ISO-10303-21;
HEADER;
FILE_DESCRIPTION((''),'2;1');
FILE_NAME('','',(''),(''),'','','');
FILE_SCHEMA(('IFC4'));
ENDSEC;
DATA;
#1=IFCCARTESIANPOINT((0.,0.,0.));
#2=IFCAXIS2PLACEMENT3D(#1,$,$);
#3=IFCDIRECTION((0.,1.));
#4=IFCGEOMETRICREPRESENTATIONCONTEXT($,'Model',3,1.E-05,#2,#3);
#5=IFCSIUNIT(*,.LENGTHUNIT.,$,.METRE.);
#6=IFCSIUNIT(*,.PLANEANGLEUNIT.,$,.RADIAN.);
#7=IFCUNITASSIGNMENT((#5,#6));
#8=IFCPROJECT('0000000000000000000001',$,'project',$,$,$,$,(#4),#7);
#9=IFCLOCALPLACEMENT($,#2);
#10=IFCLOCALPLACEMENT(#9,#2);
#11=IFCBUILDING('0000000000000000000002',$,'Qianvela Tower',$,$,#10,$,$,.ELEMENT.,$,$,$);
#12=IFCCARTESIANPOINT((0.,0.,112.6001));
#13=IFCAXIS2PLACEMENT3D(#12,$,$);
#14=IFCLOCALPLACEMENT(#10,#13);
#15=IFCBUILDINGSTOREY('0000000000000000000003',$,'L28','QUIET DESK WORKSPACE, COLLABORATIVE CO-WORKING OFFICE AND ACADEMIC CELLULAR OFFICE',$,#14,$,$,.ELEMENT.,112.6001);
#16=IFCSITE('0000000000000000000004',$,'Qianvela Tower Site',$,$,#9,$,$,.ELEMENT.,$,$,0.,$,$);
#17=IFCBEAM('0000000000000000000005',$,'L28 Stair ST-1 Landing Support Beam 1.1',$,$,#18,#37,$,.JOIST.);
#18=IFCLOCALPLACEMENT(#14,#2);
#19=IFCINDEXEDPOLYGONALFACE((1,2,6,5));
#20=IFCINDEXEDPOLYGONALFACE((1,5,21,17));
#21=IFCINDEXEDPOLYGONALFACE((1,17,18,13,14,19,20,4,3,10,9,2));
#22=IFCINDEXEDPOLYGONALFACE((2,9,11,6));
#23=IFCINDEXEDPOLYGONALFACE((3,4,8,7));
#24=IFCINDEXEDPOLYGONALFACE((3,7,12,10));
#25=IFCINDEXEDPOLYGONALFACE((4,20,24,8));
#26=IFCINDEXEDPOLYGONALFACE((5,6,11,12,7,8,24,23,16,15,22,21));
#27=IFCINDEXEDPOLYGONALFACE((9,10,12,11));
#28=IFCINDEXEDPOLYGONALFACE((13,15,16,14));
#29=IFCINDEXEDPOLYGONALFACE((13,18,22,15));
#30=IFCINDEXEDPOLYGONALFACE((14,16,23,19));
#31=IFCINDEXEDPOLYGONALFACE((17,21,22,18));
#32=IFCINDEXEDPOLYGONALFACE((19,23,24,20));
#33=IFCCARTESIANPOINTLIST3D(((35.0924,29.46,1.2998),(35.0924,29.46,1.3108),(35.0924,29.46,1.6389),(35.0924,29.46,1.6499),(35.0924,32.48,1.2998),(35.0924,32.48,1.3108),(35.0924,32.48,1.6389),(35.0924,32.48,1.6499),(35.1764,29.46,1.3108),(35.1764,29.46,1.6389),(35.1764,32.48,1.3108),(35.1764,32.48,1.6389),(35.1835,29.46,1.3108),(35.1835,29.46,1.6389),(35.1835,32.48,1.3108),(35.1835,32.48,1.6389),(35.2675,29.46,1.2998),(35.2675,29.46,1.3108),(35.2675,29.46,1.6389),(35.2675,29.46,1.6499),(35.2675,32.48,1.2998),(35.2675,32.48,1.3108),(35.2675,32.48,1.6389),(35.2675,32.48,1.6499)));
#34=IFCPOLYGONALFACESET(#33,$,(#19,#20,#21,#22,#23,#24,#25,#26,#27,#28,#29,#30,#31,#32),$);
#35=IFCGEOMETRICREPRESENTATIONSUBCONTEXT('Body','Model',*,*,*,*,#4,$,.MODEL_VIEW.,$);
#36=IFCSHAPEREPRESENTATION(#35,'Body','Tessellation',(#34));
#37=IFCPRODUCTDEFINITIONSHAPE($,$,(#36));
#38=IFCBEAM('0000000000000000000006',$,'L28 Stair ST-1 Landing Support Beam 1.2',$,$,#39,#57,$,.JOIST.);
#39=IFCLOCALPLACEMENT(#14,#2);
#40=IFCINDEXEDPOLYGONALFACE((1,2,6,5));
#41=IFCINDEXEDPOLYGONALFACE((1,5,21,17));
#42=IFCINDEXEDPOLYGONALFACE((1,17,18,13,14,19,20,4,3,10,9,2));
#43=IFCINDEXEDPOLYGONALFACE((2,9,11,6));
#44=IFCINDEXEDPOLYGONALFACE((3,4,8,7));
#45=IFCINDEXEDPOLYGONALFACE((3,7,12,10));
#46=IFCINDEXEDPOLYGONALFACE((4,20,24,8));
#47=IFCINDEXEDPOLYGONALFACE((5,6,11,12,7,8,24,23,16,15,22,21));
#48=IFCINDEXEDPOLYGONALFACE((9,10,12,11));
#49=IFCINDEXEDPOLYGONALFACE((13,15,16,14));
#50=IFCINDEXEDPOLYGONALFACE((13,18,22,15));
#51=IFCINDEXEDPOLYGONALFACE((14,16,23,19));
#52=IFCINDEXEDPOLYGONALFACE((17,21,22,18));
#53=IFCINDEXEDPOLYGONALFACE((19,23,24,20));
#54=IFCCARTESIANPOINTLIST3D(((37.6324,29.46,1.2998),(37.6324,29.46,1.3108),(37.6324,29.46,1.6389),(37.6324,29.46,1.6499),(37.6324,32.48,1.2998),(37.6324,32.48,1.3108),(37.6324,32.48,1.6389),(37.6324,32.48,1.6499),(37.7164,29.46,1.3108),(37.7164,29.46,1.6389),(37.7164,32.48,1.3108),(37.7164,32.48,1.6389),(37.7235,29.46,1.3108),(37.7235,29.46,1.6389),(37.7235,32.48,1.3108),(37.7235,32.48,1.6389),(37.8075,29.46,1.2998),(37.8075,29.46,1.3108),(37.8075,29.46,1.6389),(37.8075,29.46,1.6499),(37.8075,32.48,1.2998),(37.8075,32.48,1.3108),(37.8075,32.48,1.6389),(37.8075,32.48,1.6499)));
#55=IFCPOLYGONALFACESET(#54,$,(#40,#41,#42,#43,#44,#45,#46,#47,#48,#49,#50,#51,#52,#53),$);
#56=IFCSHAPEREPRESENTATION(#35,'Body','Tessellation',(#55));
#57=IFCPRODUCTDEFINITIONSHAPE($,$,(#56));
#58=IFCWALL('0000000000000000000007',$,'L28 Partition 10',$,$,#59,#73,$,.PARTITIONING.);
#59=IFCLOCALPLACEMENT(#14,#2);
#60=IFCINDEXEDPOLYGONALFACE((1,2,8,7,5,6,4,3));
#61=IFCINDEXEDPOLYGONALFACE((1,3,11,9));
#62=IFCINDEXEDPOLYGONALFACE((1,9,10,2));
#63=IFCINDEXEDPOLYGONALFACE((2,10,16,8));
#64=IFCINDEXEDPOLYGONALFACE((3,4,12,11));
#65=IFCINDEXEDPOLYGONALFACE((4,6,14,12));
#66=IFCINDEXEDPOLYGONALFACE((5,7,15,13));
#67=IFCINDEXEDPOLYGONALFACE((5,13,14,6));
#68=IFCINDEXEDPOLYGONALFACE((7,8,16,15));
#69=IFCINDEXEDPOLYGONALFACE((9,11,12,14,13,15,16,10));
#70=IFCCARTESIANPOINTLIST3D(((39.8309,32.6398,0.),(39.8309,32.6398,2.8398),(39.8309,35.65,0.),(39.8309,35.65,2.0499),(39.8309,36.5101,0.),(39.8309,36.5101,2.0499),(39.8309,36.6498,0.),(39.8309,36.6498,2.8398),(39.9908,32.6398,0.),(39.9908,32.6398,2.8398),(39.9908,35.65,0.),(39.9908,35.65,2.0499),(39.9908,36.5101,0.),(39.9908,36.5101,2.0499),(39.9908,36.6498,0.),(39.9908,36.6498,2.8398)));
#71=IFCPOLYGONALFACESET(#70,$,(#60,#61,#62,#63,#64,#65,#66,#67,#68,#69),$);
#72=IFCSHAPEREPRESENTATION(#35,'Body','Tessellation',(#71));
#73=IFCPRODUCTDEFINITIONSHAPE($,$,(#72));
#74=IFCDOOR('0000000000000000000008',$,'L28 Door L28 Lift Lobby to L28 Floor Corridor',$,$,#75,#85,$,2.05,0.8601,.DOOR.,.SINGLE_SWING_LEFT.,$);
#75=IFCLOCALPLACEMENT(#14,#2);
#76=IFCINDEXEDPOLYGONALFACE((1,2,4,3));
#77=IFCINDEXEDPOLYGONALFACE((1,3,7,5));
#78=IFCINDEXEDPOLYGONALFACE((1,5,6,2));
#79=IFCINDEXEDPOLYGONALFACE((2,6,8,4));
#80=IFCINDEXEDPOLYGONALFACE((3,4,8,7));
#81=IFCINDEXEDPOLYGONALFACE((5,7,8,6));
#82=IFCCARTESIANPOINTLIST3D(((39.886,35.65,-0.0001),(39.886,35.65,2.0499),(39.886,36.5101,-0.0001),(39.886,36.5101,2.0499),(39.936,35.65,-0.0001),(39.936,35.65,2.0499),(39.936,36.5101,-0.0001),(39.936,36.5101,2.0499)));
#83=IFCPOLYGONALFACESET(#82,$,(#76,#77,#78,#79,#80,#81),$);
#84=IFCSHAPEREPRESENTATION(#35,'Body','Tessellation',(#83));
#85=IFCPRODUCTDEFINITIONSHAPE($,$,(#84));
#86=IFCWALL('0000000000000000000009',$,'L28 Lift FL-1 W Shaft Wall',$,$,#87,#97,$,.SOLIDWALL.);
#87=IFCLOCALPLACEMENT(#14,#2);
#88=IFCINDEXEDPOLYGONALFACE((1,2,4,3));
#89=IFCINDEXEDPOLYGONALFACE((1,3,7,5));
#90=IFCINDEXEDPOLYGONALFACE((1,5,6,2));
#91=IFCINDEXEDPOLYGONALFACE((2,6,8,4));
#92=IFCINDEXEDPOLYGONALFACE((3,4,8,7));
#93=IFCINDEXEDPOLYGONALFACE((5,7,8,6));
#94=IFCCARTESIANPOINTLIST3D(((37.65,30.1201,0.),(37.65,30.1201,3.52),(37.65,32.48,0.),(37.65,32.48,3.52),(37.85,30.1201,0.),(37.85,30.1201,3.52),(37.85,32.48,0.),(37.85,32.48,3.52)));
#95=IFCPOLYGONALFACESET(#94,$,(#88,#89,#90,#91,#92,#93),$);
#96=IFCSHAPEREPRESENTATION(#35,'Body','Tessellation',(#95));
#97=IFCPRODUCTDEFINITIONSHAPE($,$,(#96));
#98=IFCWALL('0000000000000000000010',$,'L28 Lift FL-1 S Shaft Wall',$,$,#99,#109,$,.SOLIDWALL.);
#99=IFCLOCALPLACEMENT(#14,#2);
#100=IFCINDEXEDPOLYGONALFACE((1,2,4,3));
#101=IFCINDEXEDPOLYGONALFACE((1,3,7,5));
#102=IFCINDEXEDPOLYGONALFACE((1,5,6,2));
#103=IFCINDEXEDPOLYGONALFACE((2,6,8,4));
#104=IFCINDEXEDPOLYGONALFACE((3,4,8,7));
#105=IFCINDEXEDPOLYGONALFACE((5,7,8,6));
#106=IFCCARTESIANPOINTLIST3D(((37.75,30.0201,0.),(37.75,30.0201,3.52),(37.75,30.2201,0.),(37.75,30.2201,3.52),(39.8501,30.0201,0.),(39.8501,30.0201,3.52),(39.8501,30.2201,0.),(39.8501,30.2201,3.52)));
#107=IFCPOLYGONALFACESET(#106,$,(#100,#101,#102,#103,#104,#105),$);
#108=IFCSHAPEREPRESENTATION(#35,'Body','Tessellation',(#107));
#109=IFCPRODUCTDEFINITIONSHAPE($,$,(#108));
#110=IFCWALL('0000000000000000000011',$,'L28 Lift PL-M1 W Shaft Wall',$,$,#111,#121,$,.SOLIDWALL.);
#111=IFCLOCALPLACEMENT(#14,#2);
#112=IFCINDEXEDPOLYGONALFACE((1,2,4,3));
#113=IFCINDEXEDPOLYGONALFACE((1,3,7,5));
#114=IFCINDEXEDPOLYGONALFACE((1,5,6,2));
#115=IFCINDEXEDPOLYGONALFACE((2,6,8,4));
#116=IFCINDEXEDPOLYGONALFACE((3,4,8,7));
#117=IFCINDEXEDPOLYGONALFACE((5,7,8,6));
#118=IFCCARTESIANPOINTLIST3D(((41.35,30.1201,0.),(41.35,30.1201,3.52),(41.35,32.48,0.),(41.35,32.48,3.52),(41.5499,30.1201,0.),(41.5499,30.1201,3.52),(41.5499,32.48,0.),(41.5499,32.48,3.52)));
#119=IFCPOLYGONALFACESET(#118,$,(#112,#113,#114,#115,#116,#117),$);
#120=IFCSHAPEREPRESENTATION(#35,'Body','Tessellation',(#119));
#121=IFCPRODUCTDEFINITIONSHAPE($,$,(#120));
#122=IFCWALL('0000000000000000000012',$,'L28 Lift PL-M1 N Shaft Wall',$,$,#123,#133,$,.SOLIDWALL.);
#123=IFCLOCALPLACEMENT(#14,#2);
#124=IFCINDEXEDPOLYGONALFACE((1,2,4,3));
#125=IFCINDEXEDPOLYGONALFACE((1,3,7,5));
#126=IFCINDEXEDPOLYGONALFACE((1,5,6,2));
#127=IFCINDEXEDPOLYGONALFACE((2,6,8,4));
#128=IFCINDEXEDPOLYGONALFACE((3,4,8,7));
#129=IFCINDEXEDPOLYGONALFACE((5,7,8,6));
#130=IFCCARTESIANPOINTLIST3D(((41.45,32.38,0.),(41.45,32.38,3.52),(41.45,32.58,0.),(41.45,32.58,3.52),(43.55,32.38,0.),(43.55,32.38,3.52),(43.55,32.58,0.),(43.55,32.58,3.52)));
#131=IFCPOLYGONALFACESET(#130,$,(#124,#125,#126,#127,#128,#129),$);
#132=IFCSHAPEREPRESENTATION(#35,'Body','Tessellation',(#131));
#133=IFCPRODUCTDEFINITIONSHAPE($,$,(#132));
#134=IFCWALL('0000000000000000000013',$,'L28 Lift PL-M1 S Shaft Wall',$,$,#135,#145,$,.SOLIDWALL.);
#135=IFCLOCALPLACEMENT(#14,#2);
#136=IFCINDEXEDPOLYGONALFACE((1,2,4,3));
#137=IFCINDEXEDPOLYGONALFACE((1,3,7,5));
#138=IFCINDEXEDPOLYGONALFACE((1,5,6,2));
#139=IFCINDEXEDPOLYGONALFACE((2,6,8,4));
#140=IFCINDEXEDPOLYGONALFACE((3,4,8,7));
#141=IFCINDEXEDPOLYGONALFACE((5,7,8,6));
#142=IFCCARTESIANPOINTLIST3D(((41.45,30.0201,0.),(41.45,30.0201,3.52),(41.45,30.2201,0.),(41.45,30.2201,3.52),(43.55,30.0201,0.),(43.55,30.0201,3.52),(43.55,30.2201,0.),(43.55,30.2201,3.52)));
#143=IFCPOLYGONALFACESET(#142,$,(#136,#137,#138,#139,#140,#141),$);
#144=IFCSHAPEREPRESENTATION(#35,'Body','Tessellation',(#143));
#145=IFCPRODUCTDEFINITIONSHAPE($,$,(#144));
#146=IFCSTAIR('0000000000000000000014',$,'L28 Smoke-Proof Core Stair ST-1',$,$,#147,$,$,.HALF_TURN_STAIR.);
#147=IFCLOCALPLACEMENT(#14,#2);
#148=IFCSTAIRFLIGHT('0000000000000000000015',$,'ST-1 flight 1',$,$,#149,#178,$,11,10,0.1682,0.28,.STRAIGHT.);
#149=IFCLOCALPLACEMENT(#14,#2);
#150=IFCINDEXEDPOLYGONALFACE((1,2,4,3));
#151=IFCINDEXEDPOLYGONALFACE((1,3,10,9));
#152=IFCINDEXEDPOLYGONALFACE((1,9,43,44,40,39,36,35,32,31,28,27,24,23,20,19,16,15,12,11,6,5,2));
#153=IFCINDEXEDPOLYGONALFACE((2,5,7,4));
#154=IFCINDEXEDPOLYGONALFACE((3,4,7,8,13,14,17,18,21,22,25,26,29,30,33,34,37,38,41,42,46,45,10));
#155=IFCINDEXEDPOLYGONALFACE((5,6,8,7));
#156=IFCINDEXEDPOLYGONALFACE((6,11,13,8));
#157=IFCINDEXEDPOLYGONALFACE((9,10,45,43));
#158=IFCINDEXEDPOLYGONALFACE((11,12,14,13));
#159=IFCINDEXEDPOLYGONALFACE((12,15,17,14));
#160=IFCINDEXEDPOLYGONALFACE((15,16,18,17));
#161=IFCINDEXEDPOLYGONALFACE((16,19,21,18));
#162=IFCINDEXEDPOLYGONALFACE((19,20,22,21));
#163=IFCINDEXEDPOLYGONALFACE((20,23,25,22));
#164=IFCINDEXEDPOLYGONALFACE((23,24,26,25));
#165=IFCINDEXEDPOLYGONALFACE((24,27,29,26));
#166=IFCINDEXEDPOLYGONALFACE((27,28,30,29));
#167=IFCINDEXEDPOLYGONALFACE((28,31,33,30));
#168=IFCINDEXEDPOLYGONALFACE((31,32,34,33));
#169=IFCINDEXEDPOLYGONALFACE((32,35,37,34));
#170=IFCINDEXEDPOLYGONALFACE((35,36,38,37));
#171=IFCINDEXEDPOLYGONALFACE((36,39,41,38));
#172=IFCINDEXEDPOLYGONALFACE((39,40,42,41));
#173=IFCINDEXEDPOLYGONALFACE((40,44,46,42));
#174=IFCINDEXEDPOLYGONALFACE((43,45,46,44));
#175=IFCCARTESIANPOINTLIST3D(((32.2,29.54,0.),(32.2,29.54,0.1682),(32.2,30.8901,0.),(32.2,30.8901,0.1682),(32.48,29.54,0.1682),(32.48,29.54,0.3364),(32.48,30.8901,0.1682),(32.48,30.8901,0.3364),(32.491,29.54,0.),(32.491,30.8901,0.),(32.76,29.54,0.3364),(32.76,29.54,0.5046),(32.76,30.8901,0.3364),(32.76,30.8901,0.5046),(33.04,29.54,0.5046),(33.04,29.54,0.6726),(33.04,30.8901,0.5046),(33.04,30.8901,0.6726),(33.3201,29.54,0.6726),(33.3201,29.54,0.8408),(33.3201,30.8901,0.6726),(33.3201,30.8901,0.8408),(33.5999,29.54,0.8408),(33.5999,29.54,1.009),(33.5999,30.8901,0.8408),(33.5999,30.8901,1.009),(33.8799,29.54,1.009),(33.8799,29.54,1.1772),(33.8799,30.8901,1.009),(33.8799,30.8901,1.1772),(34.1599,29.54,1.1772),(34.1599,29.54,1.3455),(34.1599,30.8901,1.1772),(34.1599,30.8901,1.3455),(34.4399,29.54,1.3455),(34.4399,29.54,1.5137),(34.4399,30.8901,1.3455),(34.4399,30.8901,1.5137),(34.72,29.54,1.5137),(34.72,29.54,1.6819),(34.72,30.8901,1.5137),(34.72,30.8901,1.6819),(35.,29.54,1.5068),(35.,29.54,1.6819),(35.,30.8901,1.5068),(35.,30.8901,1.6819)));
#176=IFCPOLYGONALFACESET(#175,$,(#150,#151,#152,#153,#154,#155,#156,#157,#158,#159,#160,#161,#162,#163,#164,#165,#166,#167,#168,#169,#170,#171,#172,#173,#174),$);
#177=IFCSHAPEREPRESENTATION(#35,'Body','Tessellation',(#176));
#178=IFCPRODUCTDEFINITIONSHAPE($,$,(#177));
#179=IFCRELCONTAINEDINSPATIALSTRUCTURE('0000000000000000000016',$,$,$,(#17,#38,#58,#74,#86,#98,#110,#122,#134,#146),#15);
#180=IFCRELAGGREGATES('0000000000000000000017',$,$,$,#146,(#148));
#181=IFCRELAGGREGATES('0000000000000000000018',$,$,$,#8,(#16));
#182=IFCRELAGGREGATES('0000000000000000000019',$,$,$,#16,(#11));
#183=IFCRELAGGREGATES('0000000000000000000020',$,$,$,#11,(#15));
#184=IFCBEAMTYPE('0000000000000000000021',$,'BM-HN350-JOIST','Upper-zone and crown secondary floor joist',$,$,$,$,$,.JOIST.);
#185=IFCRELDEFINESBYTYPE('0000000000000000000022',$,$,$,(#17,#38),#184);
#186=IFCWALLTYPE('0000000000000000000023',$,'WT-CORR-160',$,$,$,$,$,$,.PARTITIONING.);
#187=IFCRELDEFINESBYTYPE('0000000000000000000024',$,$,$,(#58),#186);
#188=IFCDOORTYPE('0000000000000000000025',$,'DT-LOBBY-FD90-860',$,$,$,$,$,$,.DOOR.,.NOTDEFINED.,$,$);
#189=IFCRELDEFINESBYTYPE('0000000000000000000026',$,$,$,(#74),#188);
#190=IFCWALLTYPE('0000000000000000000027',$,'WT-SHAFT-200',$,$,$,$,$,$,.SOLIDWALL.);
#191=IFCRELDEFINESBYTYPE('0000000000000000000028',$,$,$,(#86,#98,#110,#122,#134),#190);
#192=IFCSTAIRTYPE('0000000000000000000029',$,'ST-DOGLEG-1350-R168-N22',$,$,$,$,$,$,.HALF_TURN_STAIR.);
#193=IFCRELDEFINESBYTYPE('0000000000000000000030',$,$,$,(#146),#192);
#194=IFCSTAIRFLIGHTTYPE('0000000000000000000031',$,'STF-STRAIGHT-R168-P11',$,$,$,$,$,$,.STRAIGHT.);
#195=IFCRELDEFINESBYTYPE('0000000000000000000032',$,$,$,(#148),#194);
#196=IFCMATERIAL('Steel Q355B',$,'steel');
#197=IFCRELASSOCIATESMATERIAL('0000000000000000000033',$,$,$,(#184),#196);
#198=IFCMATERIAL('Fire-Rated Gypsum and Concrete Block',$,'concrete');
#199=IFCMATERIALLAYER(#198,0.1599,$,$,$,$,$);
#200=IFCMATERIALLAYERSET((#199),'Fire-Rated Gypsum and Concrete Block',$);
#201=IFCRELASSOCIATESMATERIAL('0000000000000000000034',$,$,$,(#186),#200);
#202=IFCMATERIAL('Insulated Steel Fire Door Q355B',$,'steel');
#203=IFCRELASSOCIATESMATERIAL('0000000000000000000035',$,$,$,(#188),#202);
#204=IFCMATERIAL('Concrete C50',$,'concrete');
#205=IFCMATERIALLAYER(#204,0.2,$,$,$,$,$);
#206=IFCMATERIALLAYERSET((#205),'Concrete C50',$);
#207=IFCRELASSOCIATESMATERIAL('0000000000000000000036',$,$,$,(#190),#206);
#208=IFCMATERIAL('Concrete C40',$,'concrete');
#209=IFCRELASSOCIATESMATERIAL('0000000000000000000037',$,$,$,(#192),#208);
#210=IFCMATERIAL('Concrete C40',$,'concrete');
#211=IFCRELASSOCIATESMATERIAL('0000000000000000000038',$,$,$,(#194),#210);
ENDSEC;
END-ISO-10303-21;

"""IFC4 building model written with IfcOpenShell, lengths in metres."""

from ifc_helpers import new_model, si_unit, direction, frame, frame_2d, origin, origin_2d, place, context, subcontext, project, spatial, polyline, rectangle, i_section, outline, extrude, material, layer, layer_set, material_profile, profile_set, type_object, element, fill, aggregate, save


model = new_model("IFC4")

# Units and contexts
model_context = context("Model", 3, precision=1e-05, world=origin(), true_north=direction((0.0, 1.0)))
body_context = subcontext(model_context, "Body", "Model", "MODEL_VIEW")
ifc_project = project(units=[si_unit("LENGTHUNIT", "METRE"), si_unit("PLANEANGLEUNIT", "RADIAN")], contexts=[model_context])

# Site, building, storey
site_placement = place(None, origin())
site = spatial("IfcSite", under=ifc_project, at=site_placement, Name="Qianvela Tower Site", CompositionType="ELEMENT", RefElevation=0.0)
building_placement = place(site_placement, origin())
building = spatial("IfcBuilding", under=site, at=building_placement, Name="Qianvela Tower", CompositionType="ELEMENT")
storey_placement = place(building_placement, frame((0.0, 0.0, 112.6001)))
storey = spatial("IfcBuildingStorey", under=building, at=storey_placement, Name="L28", Description="QUIET DESK WORKSPACE, COLLABORATIVE CO-WORKING OFFICE AND ACADEMIC CELLULAR OFFICE", CompositionType="ELEMENT", Elevation=112.6001)

# Beams
ifc_material_1 = material(Name="Steel Q355B", Category="steel")
ifc_material_profile = material_profile(ifc_material_1, i_section(OverallWidth=0.175, OverallDepth=0.3501, WebThickness=0.0071, FlangeThickness=0.011, at=origin_2d()), Name="HN350x175x7x11")
ifc_profile_set = profile_set([ifc_material_profile], Name="Steel Q355B")
beam_type = type_object("IfcBeamType", Name="BM-HN350-JOIST", Description="Upper-zone and crown secondary floor joist", PredefinedType="JOIST", material=ifc_profile_set)
for number, where, z_axis, x_axis, name in (
    (1, (35.1799, 29.46, 1.4749), (0.0, 1.0, 0.0), (-1.0, 0.0, 0.0), "L28 Stair ST-1 Landing Support Beam 1.1"),
    (2, (37.72, 29.46, 1.4749), (0.0, 1.0, 0.0), (-1.0, 0.0, 0.0), "L28 Stair ST-1 Landing Support Beam 1.2"),
):
    element("IfcBeam", number, at=place(storey_placement, frame(where, z_axis=z_axis, x_axis=x_axis)), inside=storey, type_object=beam_type, Name=name, PredefinedType="JOIST", context=body_context, shape_type="SweptSolid", body=[
        extrude(i_section(OverallWidth=0.175, OverallDepth=0.3501, WebThickness=0.0071, FlangeThickness=0.011, at=origin_2d()), origin(), (0.0, 0.0, 1.0), 3.02),
    ])

# Wall, opening, door
ifc_material_2 = material(Name="Fire-Rated Gypsum and Concrete Block", Category="concrete")
ifc_layer_1 = layer(ifc_material_2, 0.1599)
ifc_layer_set_1 = layer_set([ifc_layer_1], Name="Fire-Rated Gypsum and Concrete Block")
wall_type_1 = type_object("IfcWallType", Name="WT-CORR-160", PredefinedType="PARTITIONING", material=ifc_layer_set_1)
wall_1_placement = place(storey_placement, frame((39.9109, 32.6399, 0.0), z_axis=(0.0, 0.0, 1.0), x_axis=(0.0, 1.0, 0.0)))
wall_1 = element("IfcWall", 3, at=wall_1_placement, inside=storey, type_object=wall_type_1, Name="L28 Partition 10", PredefinedType="PARTITIONING", context=body_context, shape_type="SweptSolid", body=[
    extrude(rectangle(XDim=4.01, YDim=0.1599, at=frame_2d((2.0049, 0.0))), origin(), (0.0, 0.0, 1.0), 2.8398),
])
opening_1_placement = place(wall_1_placement, frame((3.01, 0.0, 0.0)))
opening_1 = element("IfcOpeningElement", 4, at=opening_1_placement, cuts=wall_1, PredefinedType="OPENING", context=body_context, shape_type="SweptSolid", body=[
    extrude(rectangle(XDim=0.8601, YDim=2.05, at=frame_2d((0.4302, 1.0249))), frame((0.0, 0.0898, 0.0), z_axis=(0.0, -1.0, 0.0), x_axis=(1.0, 0.0, 0.0)), (0.0, 0.0, 1.0), 0.1799),
])
ifc_material_3 = material(Name="Insulated Steel Fire Door Q355B", Category="steel")
door_type_1 = type_object("IfcDoorType", Name="DT-LOBBY-FD90-860", OperationType="NOTDEFINED", PredefinedType="DOOR", material=ifc_material_3)
door_1_placement = place(opening_1_placement, origin())
door_1 = element("IfcDoor", 5, at=door_1_placement, inside=storey, type_object=door_type_1, Name="L28 Door L28 Lift Lobby to L28 Floor Corridor", OperationType="SINGLE_SWING_LEFT", OverallHeight=2.05, OverallWidth=0.8601, PredefinedType="DOOR", context=body_context, shape_type="SweptSolid", body=[
    extrude(rectangle(XDim=0.8601, YDim=2.05, at=frame_2d((0.4302, 1.0249))), frame((0.0, 0.0249, 0.0), z_axis=(0.0, -1.0, 0.0), x_axis=(1.0, 0.0, 0.0)), (0.0, 0.0, 1.0), 0.05),
])
fill(opening_1, door_1)
ifc_material_4 = material(Name="Concrete C50", Category="concrete")
ifc_layer_2 = layer(ifc_material_4, 0.2)
ifc_layer_set_2 = layer_set([ifc_layer_2], Name="Concrete C50")
wall_type_2 = type_object("IfcWallType", Name="WT-SHAFT-200", PredefinedType="SOLIDWALL", material=ifc_layer_set_2)

# Walls
wall_2_placement = place(storey_placement, frame((37.75, 30.1201, 0.0), z_axis=(0.0, 0.0, 1.0), x_axis=(0.0, 1.0, 0.0)))
element("IfcWall", 6, at=wall_2_placement, inside=storey, type_object=wall_type_2, Name="L28 Lift FL-1 W Shaft Wall", PredefinedType="SOLIDWALL", context=body_context, shape_type="SweptSolid", body=[
    extrude(rectangle(XDim=2.3599, YDim=0.2, at=frame_2d((1.1799, 0.0))), origin(), (0.0, 0.0, 1.0), 3.52),
])
wall_3_placement = place(storey_placement, frame((37.75, 30.1201, 0.0), z_axis=(0.0, 0.0, 1.0), x_axis=(1.0, 0.0, 0.0)))
element("IfcWall", 7, at=wall_3_placement, inside=storey, type_object=wall_type_2, Name="L28 Lift FL-1 S Shaft Wall", PredefinedType="SOLIDWALL", context=body_context, shape_type="SweptSolid", body=[
    extrude(rectangle(XDim=2.1001, YDim=0.2, at=frame_2d((1.05, 0.0))), origin(), (0.0, 0.0, 1.0), 3.52),
])
wall_4_placement = place(storey_placement, frame((41.45, 30.1201, 0.0), z_axis=(0.0, 0.0, 1.0), x_axis=(0.0, 1.0, 0.0)))
element("IfcWall", 8, at=wall_4_placement, inside=storey, type_object=wall_type_2, Name="L28 Lift PL-M1 W Shaft Wall", PredefinedType="SOLIDWALL", context=body_context, shape_type="SweptSolid", body=[
    extrude(rectangle(XDim=2.3599, YDim=0.2, at=frame_2d((1.1799, 0.0))), origin(), (0.0, 0.0, 1.0), 3.52),
])
for number, where, z_axis, x_axis, name in (
    (9, (41.45, 32.48, 0.0), (0.0, 0.0, 1.0), (1.0, 0.0, 0.0), "L28 Lift PL-M1 N Shaft Wall"),
    (10, (41.45, 30.1201, 0.0), (0.0, 0.0, 1.0), (1.0, 0.0, 0.0), "L28 Lift PL-M1 S Shaft Wall"),
):
    element("IfcWall", number, at=place(storey_placement, frame(where, z_axis=z_axis, x_axis=x_axis)), inside=storey, type_object=wall_type_2, Name=name, PredefinedType="SOLIDWALL", context=body_context, shape_type="SweptSolid", body=[
        extrude(rectangle(XDim=2.1001, YDim=0.2, at=frame_2d((1.05, 0.0))), origin(), (0.0, 0.0, 1.0), 3.52),
    ])

# Stair, stair flight
ifc_material_5 = material(Name="Concrete C40", Category="concrete")
stair_type = type_object("IfcStairType", Name="ST-DOGLEG-1350-R168-N22", PredefinedType="HALF_TURN_STAIR", material=ifc_material_5)
stair_placement = place(storey_placement, origin())
stair = element("IfcStair", 11, at=stair_placement, inside=storey, type_object=stair_type, Name="L28 Smoke-Proof Core Stair ST-1", PredefinedType="HALF_TURN_STAIR")
ifc_material_6 = material(Name="Concrete C40", Category="concrete")
stair_flight_type = type_object("IfcStairFlightType", Name="STF-STRAIGHT-R168-P11", PredefinedType="STRAIGHT", material=ifc_material_6)
stair_flight_1_placement = place(storey_placement, frame((32.2, 30.2151, 0.0), z_axis=(0.0, 0.0, 1.0), x_axis=(1.0, 0.0, 0.0)))
stair_flight_1 = element("IfcStairFlight", 12, at=stair_flight_1_placement, type_object=stair_flight_type, Name="ST-1 flight 1", NumberOfRisers=11, NumberOfTreads=10, PredefinedType="STRAIGHT", RiserHeight=0.1682, TreadLength=0.28, context=body_context, shape_type="SweptSolid", body=[
    extrude(outline(polyline([(0.0, 0.0), (0.0, 0.1682), (0.28, 0.1682), (0.28, 0.3364), (0.5601, 0.3364), (0.5601, 0.5046), (0.8401, 0.5046), (0.8401, 0.6726), (1.1201, 0.6726), (1.1201, 0.8408), (1.3999, 0.8408), (1.3999, 1.009), (1.6799, 1.009), (1.6799, 1.1772), (1.96, 1.1772), (1.96, 1.3455), (2.24, 1.3455), (2.24, 1.5137), (2.52, 1.5137), (2.52, 1.6819), (2.8, 1.6819), (2.8, 1.8501), (2.8, 1.5068), (0.291, 0.0), (0.0, 0.0)])), frame((0.0, 0.675, 0.0), z_axis=(0.0, -1.0, 0.0), x_axis=(1.0, 0.0, 0.0)), (0.0, 0.0, 1.0), 1.3501),
])
aggregate(stair, [stair_flight_1])

save(model, "model.ifc")
